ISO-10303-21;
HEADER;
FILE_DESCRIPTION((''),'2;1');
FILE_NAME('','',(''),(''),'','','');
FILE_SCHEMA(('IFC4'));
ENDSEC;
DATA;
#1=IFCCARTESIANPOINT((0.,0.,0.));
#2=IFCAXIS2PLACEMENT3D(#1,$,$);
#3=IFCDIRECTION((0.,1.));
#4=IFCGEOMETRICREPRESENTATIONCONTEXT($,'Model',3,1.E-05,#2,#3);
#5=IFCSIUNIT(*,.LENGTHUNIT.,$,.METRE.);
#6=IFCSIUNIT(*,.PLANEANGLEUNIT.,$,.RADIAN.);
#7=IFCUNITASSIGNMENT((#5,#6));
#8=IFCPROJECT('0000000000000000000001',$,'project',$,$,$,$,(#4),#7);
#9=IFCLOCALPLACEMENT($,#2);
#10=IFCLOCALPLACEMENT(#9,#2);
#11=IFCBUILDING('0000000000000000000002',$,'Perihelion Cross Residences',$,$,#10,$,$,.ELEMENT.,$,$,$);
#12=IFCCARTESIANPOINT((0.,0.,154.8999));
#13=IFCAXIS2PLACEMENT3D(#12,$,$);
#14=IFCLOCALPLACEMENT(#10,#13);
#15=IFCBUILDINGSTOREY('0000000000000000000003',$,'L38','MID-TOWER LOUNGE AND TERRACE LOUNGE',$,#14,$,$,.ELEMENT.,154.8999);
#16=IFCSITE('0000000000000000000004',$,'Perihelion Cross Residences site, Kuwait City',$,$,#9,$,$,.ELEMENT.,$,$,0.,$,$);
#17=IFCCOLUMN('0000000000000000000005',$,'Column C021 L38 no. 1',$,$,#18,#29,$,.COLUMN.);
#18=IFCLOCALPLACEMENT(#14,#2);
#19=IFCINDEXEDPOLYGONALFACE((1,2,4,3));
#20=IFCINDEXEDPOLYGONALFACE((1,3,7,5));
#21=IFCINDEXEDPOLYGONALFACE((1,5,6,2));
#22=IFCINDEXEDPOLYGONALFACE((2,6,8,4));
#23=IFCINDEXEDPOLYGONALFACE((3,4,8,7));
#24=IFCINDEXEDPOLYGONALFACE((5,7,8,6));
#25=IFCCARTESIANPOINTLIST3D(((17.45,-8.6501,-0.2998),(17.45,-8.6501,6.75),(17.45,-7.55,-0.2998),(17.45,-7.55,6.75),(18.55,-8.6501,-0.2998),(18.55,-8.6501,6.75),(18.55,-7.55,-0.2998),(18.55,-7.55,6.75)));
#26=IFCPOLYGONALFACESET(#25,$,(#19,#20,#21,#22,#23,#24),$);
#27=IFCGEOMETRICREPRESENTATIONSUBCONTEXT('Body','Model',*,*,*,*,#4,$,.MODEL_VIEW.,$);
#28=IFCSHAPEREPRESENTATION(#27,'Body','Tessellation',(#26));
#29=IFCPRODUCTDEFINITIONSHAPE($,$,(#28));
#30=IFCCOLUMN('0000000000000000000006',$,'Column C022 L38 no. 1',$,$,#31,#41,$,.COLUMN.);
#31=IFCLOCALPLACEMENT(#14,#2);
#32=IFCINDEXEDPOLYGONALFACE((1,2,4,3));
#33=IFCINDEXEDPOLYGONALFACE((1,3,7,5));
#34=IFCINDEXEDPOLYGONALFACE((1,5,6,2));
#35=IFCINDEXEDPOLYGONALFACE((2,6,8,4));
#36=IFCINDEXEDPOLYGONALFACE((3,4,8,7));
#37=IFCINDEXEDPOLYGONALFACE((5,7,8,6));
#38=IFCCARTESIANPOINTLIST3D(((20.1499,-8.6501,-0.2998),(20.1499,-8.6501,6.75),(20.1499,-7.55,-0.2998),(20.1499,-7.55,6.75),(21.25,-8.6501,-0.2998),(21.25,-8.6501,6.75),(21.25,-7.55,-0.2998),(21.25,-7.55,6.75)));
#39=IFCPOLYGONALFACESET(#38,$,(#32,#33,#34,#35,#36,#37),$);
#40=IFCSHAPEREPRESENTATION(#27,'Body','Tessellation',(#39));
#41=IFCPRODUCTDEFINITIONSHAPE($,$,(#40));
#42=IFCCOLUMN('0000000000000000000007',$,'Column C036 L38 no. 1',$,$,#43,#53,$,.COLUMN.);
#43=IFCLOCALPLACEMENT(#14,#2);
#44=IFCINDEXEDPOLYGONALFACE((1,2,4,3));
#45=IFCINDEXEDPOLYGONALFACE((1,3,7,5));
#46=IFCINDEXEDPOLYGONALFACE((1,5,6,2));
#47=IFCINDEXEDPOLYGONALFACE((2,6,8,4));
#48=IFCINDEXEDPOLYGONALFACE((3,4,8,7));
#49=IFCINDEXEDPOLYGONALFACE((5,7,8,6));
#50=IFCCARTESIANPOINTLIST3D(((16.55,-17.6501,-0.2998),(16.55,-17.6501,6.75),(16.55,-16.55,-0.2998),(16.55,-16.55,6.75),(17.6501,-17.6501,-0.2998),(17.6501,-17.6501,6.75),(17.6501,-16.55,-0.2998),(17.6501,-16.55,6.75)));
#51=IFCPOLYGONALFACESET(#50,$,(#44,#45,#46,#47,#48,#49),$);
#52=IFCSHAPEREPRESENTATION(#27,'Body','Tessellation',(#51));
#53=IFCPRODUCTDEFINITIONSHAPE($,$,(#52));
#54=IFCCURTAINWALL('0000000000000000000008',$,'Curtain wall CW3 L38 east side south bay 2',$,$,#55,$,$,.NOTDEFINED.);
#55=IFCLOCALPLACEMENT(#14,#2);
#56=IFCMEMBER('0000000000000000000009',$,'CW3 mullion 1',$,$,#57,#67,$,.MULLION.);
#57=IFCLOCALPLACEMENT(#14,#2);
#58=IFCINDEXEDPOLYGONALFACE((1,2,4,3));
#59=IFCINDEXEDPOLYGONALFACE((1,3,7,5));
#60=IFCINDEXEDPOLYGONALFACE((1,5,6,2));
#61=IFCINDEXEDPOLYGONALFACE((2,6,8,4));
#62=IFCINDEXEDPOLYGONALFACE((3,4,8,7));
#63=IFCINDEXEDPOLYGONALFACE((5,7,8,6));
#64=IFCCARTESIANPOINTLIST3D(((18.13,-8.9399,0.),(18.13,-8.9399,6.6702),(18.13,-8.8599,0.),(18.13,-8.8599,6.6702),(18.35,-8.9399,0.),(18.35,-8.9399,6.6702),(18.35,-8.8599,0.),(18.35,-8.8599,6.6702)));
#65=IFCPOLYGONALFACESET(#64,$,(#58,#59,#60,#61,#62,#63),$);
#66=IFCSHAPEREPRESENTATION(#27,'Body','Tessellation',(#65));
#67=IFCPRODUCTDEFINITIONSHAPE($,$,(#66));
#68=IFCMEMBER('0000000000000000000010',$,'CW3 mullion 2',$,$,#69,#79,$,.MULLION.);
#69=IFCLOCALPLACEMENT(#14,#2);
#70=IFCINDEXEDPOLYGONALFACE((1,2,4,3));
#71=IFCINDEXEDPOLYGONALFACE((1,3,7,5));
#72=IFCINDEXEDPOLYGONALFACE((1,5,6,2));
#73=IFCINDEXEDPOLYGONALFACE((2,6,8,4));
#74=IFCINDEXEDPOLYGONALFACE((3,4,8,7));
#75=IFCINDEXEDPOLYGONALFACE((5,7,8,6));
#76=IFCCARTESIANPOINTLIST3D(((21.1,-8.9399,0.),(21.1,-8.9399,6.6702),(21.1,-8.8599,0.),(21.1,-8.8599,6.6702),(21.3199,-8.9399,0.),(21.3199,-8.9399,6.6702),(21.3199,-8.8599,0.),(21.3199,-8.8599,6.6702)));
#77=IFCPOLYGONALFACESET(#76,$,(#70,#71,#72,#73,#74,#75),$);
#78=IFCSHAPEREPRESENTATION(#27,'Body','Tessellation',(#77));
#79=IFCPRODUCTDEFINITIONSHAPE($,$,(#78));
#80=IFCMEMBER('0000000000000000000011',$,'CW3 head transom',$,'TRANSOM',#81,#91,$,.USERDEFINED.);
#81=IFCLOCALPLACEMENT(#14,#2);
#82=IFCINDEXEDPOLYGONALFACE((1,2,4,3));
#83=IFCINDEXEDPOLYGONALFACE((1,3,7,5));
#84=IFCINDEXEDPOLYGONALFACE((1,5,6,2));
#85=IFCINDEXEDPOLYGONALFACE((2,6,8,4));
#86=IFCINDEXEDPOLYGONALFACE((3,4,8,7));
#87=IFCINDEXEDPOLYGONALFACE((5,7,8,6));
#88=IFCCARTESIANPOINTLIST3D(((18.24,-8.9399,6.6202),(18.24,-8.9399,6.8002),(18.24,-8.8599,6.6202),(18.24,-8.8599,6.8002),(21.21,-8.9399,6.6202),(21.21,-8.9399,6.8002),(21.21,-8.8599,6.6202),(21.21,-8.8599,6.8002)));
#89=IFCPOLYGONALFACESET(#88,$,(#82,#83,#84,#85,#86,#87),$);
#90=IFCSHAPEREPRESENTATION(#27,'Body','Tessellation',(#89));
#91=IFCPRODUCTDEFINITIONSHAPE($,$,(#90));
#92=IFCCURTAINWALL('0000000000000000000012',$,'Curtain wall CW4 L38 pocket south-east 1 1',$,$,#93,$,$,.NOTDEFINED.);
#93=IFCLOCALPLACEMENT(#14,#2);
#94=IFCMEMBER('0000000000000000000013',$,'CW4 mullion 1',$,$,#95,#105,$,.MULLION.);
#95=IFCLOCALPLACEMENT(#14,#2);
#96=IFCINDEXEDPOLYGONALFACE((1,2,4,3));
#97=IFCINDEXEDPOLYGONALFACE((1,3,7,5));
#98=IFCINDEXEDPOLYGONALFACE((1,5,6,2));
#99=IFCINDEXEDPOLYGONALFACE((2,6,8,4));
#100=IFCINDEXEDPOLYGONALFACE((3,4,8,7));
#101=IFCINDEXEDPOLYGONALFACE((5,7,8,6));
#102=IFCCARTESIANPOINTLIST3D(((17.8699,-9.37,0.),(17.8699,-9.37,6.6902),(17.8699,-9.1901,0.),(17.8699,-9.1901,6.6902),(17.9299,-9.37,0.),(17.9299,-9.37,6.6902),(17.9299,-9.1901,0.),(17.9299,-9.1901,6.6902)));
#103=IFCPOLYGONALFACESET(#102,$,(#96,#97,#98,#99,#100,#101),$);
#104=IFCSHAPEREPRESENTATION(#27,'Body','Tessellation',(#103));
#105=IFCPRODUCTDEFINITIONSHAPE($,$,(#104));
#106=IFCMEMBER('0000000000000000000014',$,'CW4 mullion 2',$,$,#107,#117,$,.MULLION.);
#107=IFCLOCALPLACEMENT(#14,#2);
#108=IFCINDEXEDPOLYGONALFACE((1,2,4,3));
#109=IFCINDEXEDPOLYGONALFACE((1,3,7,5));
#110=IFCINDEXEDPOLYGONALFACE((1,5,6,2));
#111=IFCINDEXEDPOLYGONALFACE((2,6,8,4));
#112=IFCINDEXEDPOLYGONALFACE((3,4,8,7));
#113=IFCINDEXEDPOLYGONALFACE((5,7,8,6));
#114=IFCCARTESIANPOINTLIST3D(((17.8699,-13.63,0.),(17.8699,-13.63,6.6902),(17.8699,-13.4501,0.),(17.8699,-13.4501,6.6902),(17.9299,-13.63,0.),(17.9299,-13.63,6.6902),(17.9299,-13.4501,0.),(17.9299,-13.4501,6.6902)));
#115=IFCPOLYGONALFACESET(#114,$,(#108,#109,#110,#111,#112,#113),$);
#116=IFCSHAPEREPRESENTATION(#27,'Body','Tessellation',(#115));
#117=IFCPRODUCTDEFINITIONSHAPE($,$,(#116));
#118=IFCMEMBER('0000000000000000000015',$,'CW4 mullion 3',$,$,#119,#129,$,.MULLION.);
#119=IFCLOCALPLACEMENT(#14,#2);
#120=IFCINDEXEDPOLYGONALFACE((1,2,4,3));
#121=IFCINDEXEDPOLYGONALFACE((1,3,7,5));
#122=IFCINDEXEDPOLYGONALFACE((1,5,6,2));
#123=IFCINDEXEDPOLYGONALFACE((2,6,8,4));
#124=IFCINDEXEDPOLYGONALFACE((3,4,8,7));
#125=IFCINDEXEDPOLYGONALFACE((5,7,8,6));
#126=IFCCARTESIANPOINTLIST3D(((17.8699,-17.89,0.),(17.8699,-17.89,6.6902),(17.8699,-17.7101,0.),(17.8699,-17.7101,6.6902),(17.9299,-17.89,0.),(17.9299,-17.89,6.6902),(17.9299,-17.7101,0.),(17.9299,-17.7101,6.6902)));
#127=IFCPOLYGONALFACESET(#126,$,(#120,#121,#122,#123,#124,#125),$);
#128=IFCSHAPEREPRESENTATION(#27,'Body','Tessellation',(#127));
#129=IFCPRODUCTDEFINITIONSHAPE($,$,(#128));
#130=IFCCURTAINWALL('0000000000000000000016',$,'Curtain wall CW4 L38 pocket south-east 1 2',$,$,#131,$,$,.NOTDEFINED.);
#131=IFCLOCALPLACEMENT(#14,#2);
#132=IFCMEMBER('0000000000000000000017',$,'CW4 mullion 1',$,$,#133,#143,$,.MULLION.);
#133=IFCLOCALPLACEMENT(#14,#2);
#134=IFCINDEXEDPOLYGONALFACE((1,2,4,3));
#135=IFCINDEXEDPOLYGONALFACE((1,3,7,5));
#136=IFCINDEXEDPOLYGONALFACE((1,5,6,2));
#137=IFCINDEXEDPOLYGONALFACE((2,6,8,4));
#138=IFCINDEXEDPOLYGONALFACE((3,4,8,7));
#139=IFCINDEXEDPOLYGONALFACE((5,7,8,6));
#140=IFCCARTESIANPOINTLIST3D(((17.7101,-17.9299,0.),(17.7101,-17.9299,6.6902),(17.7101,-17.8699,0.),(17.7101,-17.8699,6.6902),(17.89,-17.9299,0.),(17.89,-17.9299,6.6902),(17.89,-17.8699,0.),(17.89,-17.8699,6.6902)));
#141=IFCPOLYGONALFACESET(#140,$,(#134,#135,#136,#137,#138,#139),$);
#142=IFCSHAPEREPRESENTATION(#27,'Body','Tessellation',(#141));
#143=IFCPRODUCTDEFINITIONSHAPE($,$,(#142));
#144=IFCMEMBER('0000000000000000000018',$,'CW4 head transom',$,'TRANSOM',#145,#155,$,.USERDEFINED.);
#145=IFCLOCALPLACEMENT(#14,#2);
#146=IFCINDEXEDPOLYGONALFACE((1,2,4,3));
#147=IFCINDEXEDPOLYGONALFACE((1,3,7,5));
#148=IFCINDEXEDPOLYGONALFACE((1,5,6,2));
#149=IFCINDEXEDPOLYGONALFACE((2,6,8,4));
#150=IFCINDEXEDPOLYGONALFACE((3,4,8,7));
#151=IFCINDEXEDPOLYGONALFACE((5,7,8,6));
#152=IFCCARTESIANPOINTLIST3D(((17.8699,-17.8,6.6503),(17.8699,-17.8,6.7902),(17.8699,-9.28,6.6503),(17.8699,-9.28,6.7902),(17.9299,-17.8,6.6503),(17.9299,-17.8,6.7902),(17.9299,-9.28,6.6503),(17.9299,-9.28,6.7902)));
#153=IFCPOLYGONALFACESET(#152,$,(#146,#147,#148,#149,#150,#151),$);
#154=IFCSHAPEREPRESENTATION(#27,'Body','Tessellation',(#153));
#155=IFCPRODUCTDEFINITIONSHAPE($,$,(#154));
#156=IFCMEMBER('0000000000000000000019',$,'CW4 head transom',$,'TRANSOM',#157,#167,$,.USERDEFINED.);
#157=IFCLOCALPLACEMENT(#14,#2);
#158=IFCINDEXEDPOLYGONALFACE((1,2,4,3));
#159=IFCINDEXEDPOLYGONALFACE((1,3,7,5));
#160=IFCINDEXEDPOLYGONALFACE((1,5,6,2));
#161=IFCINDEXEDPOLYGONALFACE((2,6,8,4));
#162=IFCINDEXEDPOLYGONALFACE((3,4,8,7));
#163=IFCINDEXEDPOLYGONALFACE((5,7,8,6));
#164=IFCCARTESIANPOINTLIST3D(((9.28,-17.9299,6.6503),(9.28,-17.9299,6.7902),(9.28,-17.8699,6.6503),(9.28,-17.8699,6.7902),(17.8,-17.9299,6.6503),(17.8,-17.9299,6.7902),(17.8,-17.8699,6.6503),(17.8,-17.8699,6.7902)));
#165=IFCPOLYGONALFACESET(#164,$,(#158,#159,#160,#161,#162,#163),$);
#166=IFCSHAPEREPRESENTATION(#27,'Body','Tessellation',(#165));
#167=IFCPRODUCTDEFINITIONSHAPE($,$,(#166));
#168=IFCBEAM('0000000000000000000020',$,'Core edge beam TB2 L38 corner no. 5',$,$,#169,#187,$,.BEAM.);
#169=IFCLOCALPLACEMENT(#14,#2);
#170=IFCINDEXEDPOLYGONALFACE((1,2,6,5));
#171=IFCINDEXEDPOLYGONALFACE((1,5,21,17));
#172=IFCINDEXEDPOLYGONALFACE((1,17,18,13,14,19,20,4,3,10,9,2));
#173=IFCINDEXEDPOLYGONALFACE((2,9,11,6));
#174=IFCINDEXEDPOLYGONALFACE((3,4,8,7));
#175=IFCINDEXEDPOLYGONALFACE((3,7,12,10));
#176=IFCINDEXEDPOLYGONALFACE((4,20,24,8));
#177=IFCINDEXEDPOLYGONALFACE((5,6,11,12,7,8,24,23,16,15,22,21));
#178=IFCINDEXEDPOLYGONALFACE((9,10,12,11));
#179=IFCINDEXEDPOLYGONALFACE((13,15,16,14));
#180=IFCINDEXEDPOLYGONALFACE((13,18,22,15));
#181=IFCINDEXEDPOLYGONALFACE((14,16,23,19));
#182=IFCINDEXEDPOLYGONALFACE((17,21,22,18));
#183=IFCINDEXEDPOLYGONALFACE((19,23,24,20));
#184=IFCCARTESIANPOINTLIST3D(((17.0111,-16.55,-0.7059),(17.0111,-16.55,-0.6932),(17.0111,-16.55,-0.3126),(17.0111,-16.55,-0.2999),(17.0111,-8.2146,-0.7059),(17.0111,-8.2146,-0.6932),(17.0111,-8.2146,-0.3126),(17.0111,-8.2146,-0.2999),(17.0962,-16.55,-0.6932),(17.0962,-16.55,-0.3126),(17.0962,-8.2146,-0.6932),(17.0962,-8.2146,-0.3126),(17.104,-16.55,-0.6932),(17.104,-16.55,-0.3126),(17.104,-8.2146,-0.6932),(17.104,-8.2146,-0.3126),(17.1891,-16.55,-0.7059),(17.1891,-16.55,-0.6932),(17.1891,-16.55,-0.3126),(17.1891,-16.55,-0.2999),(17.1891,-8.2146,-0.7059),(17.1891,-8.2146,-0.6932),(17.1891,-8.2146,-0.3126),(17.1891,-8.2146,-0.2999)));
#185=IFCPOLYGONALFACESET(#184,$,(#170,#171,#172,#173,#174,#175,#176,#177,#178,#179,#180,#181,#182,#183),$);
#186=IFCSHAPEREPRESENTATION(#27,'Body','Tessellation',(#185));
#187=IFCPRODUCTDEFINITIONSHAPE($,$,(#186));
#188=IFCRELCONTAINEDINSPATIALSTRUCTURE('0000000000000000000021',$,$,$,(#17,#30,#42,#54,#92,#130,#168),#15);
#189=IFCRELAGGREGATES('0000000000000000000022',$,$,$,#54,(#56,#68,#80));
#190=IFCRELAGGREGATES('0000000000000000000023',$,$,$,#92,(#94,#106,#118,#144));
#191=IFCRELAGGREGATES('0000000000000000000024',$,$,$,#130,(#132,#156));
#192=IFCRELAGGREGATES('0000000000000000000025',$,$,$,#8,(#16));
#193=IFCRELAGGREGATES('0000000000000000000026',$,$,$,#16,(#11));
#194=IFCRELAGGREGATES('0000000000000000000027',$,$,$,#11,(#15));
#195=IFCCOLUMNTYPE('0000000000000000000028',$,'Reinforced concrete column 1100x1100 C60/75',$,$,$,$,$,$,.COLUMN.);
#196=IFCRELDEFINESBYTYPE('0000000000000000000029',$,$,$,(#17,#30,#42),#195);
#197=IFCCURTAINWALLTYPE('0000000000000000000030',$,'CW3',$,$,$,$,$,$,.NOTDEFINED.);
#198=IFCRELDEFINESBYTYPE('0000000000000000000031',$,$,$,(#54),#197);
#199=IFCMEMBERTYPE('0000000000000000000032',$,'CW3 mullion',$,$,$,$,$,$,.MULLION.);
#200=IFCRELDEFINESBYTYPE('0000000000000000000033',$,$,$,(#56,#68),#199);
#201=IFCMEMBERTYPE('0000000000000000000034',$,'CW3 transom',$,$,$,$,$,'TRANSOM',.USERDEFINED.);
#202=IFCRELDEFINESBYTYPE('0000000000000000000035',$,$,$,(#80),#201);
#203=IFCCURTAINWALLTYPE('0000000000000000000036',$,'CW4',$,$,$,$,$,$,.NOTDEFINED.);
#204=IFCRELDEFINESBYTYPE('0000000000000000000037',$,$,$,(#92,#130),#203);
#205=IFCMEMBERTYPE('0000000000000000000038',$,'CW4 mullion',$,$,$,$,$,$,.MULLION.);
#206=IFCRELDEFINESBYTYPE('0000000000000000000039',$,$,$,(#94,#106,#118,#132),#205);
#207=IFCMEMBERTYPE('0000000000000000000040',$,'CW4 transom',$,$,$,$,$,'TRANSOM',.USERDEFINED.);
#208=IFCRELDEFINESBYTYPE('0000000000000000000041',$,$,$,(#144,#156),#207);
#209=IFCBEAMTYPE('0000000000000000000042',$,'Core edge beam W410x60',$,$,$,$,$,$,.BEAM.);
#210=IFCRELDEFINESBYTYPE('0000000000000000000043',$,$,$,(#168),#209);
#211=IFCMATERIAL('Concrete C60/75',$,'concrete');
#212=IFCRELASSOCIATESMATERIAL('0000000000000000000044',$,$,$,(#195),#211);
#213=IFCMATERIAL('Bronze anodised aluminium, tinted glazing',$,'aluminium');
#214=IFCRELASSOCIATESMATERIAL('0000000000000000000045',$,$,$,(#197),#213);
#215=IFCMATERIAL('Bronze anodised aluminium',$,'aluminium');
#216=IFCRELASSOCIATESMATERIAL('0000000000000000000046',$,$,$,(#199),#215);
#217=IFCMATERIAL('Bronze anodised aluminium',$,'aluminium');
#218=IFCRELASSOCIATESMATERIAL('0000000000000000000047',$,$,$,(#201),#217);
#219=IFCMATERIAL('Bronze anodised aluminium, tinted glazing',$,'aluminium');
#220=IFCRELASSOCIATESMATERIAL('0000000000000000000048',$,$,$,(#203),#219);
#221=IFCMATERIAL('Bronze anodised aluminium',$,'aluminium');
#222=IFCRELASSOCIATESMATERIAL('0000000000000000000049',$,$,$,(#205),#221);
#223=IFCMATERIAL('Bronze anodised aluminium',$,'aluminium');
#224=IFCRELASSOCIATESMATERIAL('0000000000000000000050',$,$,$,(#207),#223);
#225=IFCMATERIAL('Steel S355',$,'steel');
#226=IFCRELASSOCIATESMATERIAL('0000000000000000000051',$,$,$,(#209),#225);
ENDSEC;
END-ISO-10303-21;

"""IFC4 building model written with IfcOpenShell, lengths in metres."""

from ifc_helpers import new_model, si_unit, direction, frame, origin, origin_2d, place, context, subcontext, project, spatial, rectangle, i_section, extrude, material, material_profile, profile_set, type_object, element, aggregate, save


model = new_model("IFC4")

# Units and contexts
model_context = context("Model", 3, precision=1e-05, world=origin(), true_north=direction((0.0, 1.0)))
body_context = subcontext(model_context, "Body", "Model", "MODEL_VIEW")
ifc_project = project(units=[si_unit("LENGTHUNIT", "METRE"), si_unit("PLANEANGLEUNIT", "RADIAN")], contexts=[model_context])

# Site, building, storey
site_placement = place(None, origin())
site = spatial("IfcSite", under=ifc_project, at=site_placement, Name="Perihelion Cross Residences site, Kuwait City", CompositionType="ELEMENT", RefElevation=0.0)
building_placement = place(site_placement, origin())
building = spatial("IfcBuilding", under=site, at=building_placement, Name="Perihelion Cross Residences", CompositionType="ELEMENT")
storey_placement = place(building_placement, frame((0.0, 0.0, 154.8999)))
storey = spatial("IfcBuildingStorey", under=building, at=storey_placement, Name="L38", Description="MID-TOWER LOUNGE AND TERRACE LOUNGE", CompositionType="ELEMENT", Elevation=154.8999)

# Columns
ifc_material_1 = material(Name="Concrete C60/75", Category="concrete")
ifc_material_profile_1 = material_profile(ifc_material_1, rectangle(XDim=1.1001, YDim=1.1001, at=origin_2d()), Name="RC 1100x1100")
ifc_profile_set_1 = profile_set([ifc_material_profile_1], Name="Concrete C60/75")
column_type = type_object("IfcColumnType", Name="Reinforced concrete column 1100x1100 C60/75", PredefinedType="COLUMN", material=ifc_profile_set_1)
for number, where, z_axis, x_axis, name in (
    (1, (18.0, -8.1001, -0.2998), (0.0, 0.0, 1.0), (1.0, 0.0, 0.0), "Column C021 L38 no. 1"),
    (2, (20.7, -8.1001, -0.2998), (0.0, 0.0, 1.0), (1.0, 0.0, 0.0), "Column C022 L38 no. 1"),
    (3, (17.1001, -17.1001, -0.2998), (0.0, 0.0, 1.0), (1.0, 0.0, 0.0), "Column C036 L38 no. 1"),
):
    element("IfcColumn", number, at=place(storey_placement, frame(where, z_axis=z_axis, x_axis=x_axis)), inside=storey, type_object=column_type, Name=name, PredefinedType="COLUMN", context=body_context, shape_type="SweptSolid", body=[
        extrude(rectangle(XDim=1.1001, YDim=1.1001, at=origin_2d()), origin(), (0.0, 0.0, 1.0), 7.0498),
    ])

# Curtain walls, members
ifc_material_2 = material(Name="Bronze anodised aluminium, tinted glazing", Category="aluminium")
curtain_wall_type_1 = type_object("IfcCurtainWallType", Name="CW3", PredefinedType="NOTDEFINED", material=ifc_material_2)
curtain_wall_1_placement = place(storey_placement, origin())
curtain_wall_1 = element("IfcCurtainWall", 4, at=curtain_wall_1_placement, inside=storey, type_object=curtain_wall_type_1, Name="Curtain wall CW3 L38 east side south bay 2", PredefinedType="NOTDEFINED")
ifc_material_3 = material(Name="Bronze anodised aluminium", Category="aluminium")
ifc_material_profile_2 = material_profile(ifc_material_3, rectangle(XDim=0.0801, YDim=0.22, at=origin_2d()), Name="CW3 mullion")
ifc_profile_set_2 = profile_set([ifc_material_profile_2], Name="Bronze anodised aluminium")
member_type_1 = type_object("IfcMemberType", Name="CW3 mullion", PredefinedType="MULLION", material=ifc_profile_set_2)
member_1_placement = place(storey_placement, frame((18.24, -8.8999, 0.0), z_axis=(0.0, 0.0, 1.0), x_axis=(0.0, 1.0, 0.0)))
member_1 = element("IfcMember", 5, at=member_1_placement, type_object=member_type_1, Name="CW3 mullion 1", PredefinedType="MULLION", context=body_context, shape_type="SweptSolid", body=[
    extrude(rectangle(XDim=0.0801, YDim=0.22, at=origin_2d()), origin(), (0.0, 0.0, 1.0), 6.6702),
])
member_2_placement = place(storey_placement, frame((21.21, -8.8999, 0.0), z_axis=(0.0, 0.0, 1.0), x_axis=(0.0, 1.0, 0.0)))
member_2 = element("IfcMember", 6, at=member_2_placement, type_object=member_type_1, Name="CW3 mullion 2", PredefinedType="MULLION", context=body_context, shape_type="SweptSolid", body=[
    extrude(rectangle(XDim=0.0801, YDim=0.22, at=origin_2d()), origin(), (0.0, 0.0, 1.0), 6.6702),
])
ifc_material_4 = material(Name="Bronze anodised aluminium", Category="aluminium")
ifc_material_profile_3 = material_profile(ifc_material_4, rectangle(XDim=0.0801, YDim=0.1799, at=origin_2d()), Name="CW3 transom")
ifc_profile_set_3 = profile_set([ifc_material_profile_3], Name="Bronze anodised aluminium")
member_type_2 = type_object("IfcMemberType", Name="CW3 transom", ElementType="TRANSOM", PredefinedType="USERDEFINED", material=ifc_profile_set_3)
member_3_placement = place(storey_placement, frame((18.24, -8.8999, 6.7102), z_axis=(1.0, 0.0, 0.0), x_axis=(0.0, 1.0, 0.0)))
member_3 = element("IfcMember", 7, at=member_3_placement, type_object=member_type_2, Name="CW3 head transom", ObjectType="TRANSOM", PredefinedType="USERDEFINED", context=body_context, shape_type="SweptSolid", body=[
    extrude(rectangle(XDim=0.0801, YDim=0.1799, at=origin_2d()), origin(), (0.0, 0.0, 1.0), 2.97),
])
ifc_material_5 = material(Name="Bronze anodised aluminium, tinted glazing", Category="aluminium")
curtain_wall_type_2 = type_object("IfcCurtainWallType", Name="CW4", PredefinedType="NOTDEFINED", material=ifc_material_5)
curtain_wall_2_placement = place(storey_placement, origin())
curtain_wall_2 = element("IfcCurtainWall", 8, at=curtain_wall_2_placement, inside=storey, type_object=curtain_wall_type_2, Name="Curtain wall CW4 L38 pocket south-east 1 1", PredefinedType="NOTDEFINED")
ifc_material_6 = material(Name="Bronze anodised aluminium", Category="aluminium")
ifc_material_profile_4 = material_profile(ifc_material_6, rectangle(XDim=0.0601, YDim=0.1799, at=origin_2d()), Name="CW4 mullion")
ifc_profile_set_4 = profile_set([ifc_material_profile_4], Name="Bronze anodised aluminium")
member_type_3 = type_object("IfcMemberType", Name="CW4 mullion", PredefinedType="MULLION", material=ifc_profile_set_4)
member_4_placement = place(storey_placement, frame((17.8999, -9.28, 0.0), z_axis=(0.0, 0.0, 1.0), x_axis=(1.0, 0.0, 0.0)))
member_4 = element("IfcMember", 9, at=member_4_placement, type_object=member_type_3, Name="CW4 mullion 1", PredefinedType="MULLION", context=body_context, shape_type="SweptSolid", body=[
    extrude(rectangle(XDim=0.0601, YDim=0.1799, at=origin_2d()), origin(), (0.0, 0.0, 1.0), 6.6902),
])
member_5_placement = place(storey_placement, frame((17.8999, -13.54, 0.0), z_axis=(0.0, 0.0, 1.0), x_axis=(1.0, 0.0, 0.0)))
member_5 = element("IfcMember", 10, at=member_5_placement, type_object=member_type_3, Name="CW4 mullion 2", PredefinedType="MULLION", context=body_context, shape_type="SweptSolid", body=[
    extrude(rectangle(XDim=0.0601, YDim=0.1799, at=origin_2d()), origin(), (0.0, 0.0, 1.0), 6.6902),
])
member_6_placement = place(storey_placement, frame((17.8999, -17.8, 0.0), z_axis=(0.0, 0.0, 1.0), x_axis=(1.0, 0.0, 0.0)))
member_6 = element("IfcMember", 11, at=member_6_placement, type_object=member_type_3, Name="CW4 mullion 3", PredefinedType="MULLION", context=body_context, shape_type="SweptSolid", body=[
    extrude(rectangle(XDim=0.0601, YDim=0.1799, at=origin_2d()), origin(), (0.0, 0.0, 1.0), 6.6902),
])

# Curtain wall, member
curtain_wall_3_placement = place(storey_placement, origin())
curtain_wall_3 = element("IfcCurtainWall", 12, at=curtain_wall_3_placement, inside=storey, type_object=curtain_wall_type_2, Name="Curtain wall CW4 L38 pocket south-east 1 2", PredefinedType="NOTDEFINED")
member_7_placement = place(storey_placement, frame((17.8, -17.8999, 0.0), z_axis=(0.0, 0.0, 1.0), x_axis=(0.0, -1.0, 0.0)))
member_7 = element("IfcMember", 13, at=member_7_placement, type_object=member_type_3, Name="CW4 mullion 1", PredefinedType="MULLION", context=body_context, shape_type="SweptSolid", body=[
    extrude(rectangle(XDim=0.0601, YDim=0.1799, at=origin_2d()), origin(), (0.0, 0.0, 1.0), 6.6902),
])

# Members
ifc_material_7 = material(Name="Bronze anodised aluminium", Category="aluminium")
ifc_material_profile_5 = material_profile(ifc_material_7, rectangle(XDim=0.0601, YDim=0.1399, at=origin_2d()), Name="CW4 transom")
ifc_profile_set_5 = profile_set([ifc_material_profile_5], Name="Bronze anodised aluminium")
member_type_4 = type_object("IfcMemberType", Name="CW4 transom", ElementType="TRANSOM", PredefinedType="USERDEFINED", material=ifc_profile_set_5)
member_8_placement = place(storey_placement, frame((17.8999, -9.28, 6.7202), z_axis=(0.0, -1.0, 0.0), x_axis=(1.0, 0.0, 0.0)))
member_8 = element("IfcMember", 14, at=member_8_placement, type_object=member_type_4, Name="CW4 head transom", ObjectType="TRANSOM", PredefinedType="USERDEFINED", context=body_context, shape_type="SweptSolid", body=[
    extrude(rectangle(XDim=0.0601, YDim=0.1399, at=origin_2d()), origin(), (0.0, 0.0, 1.0), 8.52),
])
member_9_placement = place(storey_placement, frame((17.8, -17.8999, 6.7202), z_axis=(-1.0, 0.0, 0.0), x_axis=(0.0, -1.0, 0.0)))
member_9 = element("IfcMember", 15, at=member_9_placement, type_object=member_type_4, Name="CW4 head transom", ObjectType="TRANSOM", PredefinedType="USERDEFINED", context=body_context, shape_type="SweptSolid", body=[
    extrude(rectangle(XDim=0.0601, YDim=0.1399, at=origin_2d()), origin(), (0.0, 0.0, 1.0), 8.52),
])

# Beam
ifc_material_8 = material(Name="Steel S355", Category="steel")
ifc_material_profile_6 = material_profile(ifc_material_8, i_section(OverallWidth=0.178, OverallDepth=0.406, WebThickness=0.0078, FlangeThickness=0.0127, at=origin_2d()), Name="W410x60")
ifc_profile_set_6 = profile_set([ifc_material_profile_6], Name="Steel S355")
beam_type_1 = type_object("IfcBeamType", Name="Core edge beam W410x60", PredefinedType="BEAM", material=ifc_profile_set_6)
beam_1_placement = place(storey_placement, frame((17.1001, -8.2146, -0.5029), z_axis=(0.0, -1.0, 0.0), x_axis=(1.0, 0.0, 0.0)))
element("IfcBeam", 16, at=beam_1_placement, inside=storey, type_object=beam_type_1, Name="Core edge beam TB2 L38 corner no. 5", PredefinedType="BEAM", context=body_context, shape_type="SweptSolid", body=[
    extrude(i_section(OverallWidth=0.178, OverallDepth=0.406, WebThickness=0.0078, FlangeThickness=0.0127, at=origin_2d()), origin(), (0.0, 0.0, 1.0), 8.3354),
])

aggregate(curtain_wall_1, [member_1, member_2, member_3])
aggregate(curtain_wall_2, [member_4, member_5, member_6, member_8])
aggregate(curtain_wall_3, [member_7, member_9])

save(model, "model.ifc")
